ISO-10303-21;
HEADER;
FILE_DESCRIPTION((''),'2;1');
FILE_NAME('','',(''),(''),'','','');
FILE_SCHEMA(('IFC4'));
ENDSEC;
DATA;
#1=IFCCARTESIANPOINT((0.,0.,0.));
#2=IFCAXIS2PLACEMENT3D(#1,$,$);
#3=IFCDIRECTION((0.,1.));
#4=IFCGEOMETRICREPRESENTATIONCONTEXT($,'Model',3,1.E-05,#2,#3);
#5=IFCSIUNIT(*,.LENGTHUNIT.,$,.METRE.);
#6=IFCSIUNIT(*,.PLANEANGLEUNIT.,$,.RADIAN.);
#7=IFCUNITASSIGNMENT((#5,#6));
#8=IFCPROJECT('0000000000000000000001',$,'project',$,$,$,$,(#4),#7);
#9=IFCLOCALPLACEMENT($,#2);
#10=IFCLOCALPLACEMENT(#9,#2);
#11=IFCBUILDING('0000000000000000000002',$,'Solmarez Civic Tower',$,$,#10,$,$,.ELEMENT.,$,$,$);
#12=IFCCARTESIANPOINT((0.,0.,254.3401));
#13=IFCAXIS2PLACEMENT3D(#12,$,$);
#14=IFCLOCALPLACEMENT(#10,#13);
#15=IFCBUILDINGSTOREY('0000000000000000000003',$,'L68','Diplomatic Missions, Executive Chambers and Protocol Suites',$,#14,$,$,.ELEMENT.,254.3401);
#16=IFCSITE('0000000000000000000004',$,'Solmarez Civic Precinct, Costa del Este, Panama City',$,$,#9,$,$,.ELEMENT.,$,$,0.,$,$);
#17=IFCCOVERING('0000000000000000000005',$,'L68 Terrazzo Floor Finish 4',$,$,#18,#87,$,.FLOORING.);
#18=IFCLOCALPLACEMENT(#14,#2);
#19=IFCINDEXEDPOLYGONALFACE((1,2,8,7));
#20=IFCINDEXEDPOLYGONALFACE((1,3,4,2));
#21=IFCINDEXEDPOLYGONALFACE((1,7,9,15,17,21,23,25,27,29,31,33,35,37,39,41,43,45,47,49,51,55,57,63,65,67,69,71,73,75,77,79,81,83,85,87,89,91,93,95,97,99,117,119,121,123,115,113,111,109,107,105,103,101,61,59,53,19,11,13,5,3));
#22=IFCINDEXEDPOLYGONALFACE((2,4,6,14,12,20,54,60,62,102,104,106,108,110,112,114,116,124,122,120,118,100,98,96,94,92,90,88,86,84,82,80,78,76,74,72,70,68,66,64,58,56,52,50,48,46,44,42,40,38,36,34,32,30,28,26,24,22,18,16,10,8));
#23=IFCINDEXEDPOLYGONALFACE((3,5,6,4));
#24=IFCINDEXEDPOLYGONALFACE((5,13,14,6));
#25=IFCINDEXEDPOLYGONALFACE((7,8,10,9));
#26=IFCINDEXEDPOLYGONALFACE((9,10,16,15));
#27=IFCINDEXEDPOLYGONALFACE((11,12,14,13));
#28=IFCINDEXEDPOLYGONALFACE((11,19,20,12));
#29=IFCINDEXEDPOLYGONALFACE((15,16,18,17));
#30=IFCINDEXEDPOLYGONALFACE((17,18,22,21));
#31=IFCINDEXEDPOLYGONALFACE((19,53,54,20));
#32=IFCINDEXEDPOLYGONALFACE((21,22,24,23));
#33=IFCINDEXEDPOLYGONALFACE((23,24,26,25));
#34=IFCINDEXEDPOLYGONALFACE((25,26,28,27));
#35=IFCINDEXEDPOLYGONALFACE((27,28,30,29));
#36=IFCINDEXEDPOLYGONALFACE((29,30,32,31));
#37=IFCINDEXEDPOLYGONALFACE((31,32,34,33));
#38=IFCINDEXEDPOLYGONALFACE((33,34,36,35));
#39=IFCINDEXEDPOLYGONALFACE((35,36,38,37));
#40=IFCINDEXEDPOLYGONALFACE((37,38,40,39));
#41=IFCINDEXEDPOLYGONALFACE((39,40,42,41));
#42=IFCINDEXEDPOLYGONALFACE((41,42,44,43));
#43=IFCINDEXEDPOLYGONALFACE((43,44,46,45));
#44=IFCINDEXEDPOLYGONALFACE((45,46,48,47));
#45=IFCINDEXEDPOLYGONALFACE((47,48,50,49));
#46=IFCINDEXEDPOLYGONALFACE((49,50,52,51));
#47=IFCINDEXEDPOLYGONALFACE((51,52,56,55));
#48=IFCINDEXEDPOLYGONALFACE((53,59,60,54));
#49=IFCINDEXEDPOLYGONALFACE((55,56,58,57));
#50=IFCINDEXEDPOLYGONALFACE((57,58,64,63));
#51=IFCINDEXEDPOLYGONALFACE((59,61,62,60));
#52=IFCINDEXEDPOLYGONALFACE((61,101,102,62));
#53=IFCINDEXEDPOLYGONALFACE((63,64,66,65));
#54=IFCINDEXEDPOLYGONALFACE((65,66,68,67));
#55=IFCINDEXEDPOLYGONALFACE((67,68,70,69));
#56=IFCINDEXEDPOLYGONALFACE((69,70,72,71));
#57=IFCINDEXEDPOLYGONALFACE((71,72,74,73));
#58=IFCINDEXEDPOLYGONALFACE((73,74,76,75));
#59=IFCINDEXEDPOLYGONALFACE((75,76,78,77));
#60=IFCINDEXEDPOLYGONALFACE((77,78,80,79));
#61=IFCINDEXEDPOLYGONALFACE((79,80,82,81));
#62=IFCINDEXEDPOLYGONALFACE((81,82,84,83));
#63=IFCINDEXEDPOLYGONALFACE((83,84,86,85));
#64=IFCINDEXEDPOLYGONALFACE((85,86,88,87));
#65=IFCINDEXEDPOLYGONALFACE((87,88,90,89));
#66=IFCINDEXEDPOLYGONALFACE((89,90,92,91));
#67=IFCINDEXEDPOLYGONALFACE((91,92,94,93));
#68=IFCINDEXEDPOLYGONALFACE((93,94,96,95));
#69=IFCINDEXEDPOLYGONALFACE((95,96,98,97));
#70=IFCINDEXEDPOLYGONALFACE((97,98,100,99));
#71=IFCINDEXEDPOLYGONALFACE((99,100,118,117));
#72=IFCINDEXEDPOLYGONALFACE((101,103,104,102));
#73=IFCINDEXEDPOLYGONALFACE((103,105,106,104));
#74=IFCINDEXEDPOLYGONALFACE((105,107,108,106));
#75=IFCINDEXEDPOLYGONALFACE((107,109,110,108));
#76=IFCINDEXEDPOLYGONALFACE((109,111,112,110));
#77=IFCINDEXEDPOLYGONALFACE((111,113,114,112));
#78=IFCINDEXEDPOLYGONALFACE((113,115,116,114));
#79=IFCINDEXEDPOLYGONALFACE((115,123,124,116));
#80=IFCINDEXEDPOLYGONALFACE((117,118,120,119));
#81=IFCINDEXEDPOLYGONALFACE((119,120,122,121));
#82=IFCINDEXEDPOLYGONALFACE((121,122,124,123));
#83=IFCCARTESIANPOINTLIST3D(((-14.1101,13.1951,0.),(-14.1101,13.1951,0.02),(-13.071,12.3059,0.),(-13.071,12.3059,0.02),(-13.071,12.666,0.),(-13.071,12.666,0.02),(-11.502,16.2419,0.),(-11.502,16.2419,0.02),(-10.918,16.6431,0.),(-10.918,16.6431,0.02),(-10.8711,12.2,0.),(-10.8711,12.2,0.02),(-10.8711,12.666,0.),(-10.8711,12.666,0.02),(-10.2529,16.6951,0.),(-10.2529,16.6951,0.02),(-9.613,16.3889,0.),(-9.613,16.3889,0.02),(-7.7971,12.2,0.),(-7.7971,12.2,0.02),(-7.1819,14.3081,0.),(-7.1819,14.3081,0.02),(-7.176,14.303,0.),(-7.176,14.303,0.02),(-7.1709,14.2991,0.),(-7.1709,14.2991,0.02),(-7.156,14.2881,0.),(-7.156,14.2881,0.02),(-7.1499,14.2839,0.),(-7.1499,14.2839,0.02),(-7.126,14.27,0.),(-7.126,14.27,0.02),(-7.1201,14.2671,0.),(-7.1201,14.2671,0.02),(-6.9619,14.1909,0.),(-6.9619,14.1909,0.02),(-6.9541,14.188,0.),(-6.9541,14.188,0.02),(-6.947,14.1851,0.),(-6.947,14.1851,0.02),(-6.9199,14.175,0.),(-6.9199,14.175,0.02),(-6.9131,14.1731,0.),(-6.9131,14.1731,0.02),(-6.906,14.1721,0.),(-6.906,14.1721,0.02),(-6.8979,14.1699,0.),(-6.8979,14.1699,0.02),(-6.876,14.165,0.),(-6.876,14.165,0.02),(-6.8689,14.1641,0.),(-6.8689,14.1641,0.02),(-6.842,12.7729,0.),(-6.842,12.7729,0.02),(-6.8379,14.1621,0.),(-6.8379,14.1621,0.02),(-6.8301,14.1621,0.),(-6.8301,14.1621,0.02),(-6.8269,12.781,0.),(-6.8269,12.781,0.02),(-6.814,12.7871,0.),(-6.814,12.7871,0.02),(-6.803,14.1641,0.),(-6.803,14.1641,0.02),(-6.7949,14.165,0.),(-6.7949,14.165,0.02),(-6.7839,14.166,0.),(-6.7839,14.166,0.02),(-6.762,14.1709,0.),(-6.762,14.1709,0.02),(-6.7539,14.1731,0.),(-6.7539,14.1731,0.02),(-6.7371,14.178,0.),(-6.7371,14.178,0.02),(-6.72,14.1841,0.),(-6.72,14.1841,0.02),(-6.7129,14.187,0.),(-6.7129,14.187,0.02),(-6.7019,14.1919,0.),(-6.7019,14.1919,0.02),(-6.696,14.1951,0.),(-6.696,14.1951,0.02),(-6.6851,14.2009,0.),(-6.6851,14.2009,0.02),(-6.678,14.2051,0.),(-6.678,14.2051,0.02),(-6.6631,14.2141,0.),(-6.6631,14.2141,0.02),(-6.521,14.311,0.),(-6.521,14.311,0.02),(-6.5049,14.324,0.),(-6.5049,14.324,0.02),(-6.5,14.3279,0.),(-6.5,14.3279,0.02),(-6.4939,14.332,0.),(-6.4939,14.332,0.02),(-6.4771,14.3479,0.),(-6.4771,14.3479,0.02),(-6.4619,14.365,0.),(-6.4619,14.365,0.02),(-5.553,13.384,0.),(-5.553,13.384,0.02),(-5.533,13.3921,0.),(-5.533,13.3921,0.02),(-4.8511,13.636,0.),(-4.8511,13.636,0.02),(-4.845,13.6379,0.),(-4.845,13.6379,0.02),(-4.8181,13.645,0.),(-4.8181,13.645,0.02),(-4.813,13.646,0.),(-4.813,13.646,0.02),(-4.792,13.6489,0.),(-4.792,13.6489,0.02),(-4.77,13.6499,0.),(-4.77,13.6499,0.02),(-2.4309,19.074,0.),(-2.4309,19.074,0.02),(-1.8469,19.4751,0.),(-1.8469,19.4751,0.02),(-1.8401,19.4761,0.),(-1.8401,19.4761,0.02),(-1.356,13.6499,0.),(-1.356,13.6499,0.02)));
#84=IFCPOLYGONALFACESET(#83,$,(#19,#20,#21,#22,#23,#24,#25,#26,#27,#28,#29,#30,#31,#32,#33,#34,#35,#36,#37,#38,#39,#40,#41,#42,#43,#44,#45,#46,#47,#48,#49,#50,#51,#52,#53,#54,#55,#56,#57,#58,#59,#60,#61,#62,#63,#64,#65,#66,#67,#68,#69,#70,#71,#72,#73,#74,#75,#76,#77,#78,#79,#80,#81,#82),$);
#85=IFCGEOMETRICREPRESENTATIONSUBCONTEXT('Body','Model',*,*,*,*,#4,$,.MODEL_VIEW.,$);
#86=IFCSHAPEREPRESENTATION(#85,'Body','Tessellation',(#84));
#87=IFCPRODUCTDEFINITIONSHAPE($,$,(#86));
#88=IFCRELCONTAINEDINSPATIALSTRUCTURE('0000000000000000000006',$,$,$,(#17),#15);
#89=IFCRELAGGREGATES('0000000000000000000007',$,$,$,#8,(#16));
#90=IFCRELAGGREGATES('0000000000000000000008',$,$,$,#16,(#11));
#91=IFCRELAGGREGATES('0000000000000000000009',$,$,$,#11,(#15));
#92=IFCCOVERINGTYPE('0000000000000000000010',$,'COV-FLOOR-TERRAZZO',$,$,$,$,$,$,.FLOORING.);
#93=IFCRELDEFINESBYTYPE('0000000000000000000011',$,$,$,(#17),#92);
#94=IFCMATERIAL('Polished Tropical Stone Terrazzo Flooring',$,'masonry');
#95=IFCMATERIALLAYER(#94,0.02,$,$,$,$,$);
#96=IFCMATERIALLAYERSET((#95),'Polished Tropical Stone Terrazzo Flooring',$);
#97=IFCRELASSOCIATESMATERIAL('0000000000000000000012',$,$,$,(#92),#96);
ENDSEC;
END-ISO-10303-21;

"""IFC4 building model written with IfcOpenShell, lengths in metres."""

from ifc_helpers import new_model, si_unit, direction, frame, origin, place, context, subcontext, project, spatial, polyline, outline, extrude, material, layer, layer_set, type_object, element, save


model = new_model("IFC4")

# Units and contexts
model_context = context("Model", 3, precision=1e-05, world=origin(), true_north=direction((0.0, 1.0)))
body_context = subcontext(model_context, "Body", "Model", "MODEL_VIEW")
ifc_project = project(units=[si_unit("LENGTHUNIT", "METRE"), si_unit("PLANEANGLEUNIT", "RADIAN")], contexts=[model_context])

# Site, building, storey
site_placement = place(None, origin())
site = spatial("IfcSite", under=ifc_project, at=site_placement, Name="Solmarez Civic Precinct, Costa del Este, Panama City", CompositionType="ELEMENT", RefElevation=0.0)
building_placement = place(site_placement, origin())
building = spatial("IfcBuilding", under=site, at=building_placement, Name="Solmarez Civic Tower", CompositionType="ELEMENT")
storey_placement = place(building_placement, frame((0.0, 0.0, 254.3401)))
storey = spatial("IfcBuildingStorey", under=building, at=storey_placement, Name="L68", Description="Diplomatic Missions, Executive Chambers and Protocol Suites", CompositionType="ELEMENT", Elevation=254.3401)

# Covering
ifc_material_1 = material(Name="Polished Tropical Stone Terrazzo Flooring", Category="masonry")
ifc_layer_1 = layer(ifc_material_1, 0.02)
ifc_layer_set_1 = layer_set([ifc_layer_1], Name="Polished Tropical Stone Terrazzo Flooring")
covering_type_1 = type_object("IfcCoveringType", Name="COV-FLOOR-TERRAZZO", PredefinedType="FLOORING", material=ifc_layer_set_1)
covering_1_placement = place(storey_placement, origin())
element("IfcCovering", 1, at=covering_1_placement, inside=storey, type_object=covering_type_1, Name="L68 Terrazzo Floor Finish 4", PredefinedType="FLOORING", context=body_context, shape_type="SweptSolid", body=[
    extrude(outline(polyline([(-13.071, 12.3059), (-13.071, 12.666), (-10.8711, 12.666), (-10.8711, 12.2), (-7.7971, 12.2), (-6.842, 12.7729), (-6.8269, 12.781), (-6.814, 12.7871), (-5.553, 13.384), (-5.533, 13.3921), (-4.8511, 13.636), (-4.845, 13.6379), (-4.8181, 13.645), (-4.813, 13.646), (-4.792, 13.6489), (-4.77, 13.6499), (-1.356, 13.6499), (-1.8401, 19.4761), (-1.8469, 19.4751), (-2.4309, 19.074), (-6.4619, 14.365), (-6.4771, 14.3479), (-6.4939, 14.332), (-6.5, 14.3279), (-6.5049, 14.324), (-6.521, 14.311), (-6.6631, 14.2141), (-6.678, 14.2051), (-6.6851, 14.2009), (-6.696, 14.1951), (-6.7019, 14.1919), (-6.7129, 14.187), (-6.72, 14.1841), (-6.7371, 14.178), (-6.7539, 14.1731), (-6.762, 14.1709), (-6.7839, 14.166), (-6.7949, 14.165), (-6.803, 14.1641), (-6.8301, 14.1621), (-6.8379, 14.1621), (-6.8689, 14.1641), (-6.876, 14.165), (-6.8979, 14.1699), (-6.906, 14.1721), (-6.9131, 14.1731), (-6.9199, 14.175), (-6.947, 14.1851), (-6.9541, 14.188), (-6.9619, 14.1909), (-7.1201, 14.2671), (-7.126, 14.27), (-7.1499, 14.2839), (-7.156, 14.2881), (-7.1709, 14.2991), (-7.176, 14.303), (-7.1819, 14.3081), (-9.613, 16.3889), (-10.2529, 16.6951), (-10.918, 16.6431), (-11.502, 16.2419), (-14.1101, 13.1951), (-13.071, 12.3059)])), origin(), (0.0, 0.0, 1.0), 0.02),
])

save(model, "model.ifc")
